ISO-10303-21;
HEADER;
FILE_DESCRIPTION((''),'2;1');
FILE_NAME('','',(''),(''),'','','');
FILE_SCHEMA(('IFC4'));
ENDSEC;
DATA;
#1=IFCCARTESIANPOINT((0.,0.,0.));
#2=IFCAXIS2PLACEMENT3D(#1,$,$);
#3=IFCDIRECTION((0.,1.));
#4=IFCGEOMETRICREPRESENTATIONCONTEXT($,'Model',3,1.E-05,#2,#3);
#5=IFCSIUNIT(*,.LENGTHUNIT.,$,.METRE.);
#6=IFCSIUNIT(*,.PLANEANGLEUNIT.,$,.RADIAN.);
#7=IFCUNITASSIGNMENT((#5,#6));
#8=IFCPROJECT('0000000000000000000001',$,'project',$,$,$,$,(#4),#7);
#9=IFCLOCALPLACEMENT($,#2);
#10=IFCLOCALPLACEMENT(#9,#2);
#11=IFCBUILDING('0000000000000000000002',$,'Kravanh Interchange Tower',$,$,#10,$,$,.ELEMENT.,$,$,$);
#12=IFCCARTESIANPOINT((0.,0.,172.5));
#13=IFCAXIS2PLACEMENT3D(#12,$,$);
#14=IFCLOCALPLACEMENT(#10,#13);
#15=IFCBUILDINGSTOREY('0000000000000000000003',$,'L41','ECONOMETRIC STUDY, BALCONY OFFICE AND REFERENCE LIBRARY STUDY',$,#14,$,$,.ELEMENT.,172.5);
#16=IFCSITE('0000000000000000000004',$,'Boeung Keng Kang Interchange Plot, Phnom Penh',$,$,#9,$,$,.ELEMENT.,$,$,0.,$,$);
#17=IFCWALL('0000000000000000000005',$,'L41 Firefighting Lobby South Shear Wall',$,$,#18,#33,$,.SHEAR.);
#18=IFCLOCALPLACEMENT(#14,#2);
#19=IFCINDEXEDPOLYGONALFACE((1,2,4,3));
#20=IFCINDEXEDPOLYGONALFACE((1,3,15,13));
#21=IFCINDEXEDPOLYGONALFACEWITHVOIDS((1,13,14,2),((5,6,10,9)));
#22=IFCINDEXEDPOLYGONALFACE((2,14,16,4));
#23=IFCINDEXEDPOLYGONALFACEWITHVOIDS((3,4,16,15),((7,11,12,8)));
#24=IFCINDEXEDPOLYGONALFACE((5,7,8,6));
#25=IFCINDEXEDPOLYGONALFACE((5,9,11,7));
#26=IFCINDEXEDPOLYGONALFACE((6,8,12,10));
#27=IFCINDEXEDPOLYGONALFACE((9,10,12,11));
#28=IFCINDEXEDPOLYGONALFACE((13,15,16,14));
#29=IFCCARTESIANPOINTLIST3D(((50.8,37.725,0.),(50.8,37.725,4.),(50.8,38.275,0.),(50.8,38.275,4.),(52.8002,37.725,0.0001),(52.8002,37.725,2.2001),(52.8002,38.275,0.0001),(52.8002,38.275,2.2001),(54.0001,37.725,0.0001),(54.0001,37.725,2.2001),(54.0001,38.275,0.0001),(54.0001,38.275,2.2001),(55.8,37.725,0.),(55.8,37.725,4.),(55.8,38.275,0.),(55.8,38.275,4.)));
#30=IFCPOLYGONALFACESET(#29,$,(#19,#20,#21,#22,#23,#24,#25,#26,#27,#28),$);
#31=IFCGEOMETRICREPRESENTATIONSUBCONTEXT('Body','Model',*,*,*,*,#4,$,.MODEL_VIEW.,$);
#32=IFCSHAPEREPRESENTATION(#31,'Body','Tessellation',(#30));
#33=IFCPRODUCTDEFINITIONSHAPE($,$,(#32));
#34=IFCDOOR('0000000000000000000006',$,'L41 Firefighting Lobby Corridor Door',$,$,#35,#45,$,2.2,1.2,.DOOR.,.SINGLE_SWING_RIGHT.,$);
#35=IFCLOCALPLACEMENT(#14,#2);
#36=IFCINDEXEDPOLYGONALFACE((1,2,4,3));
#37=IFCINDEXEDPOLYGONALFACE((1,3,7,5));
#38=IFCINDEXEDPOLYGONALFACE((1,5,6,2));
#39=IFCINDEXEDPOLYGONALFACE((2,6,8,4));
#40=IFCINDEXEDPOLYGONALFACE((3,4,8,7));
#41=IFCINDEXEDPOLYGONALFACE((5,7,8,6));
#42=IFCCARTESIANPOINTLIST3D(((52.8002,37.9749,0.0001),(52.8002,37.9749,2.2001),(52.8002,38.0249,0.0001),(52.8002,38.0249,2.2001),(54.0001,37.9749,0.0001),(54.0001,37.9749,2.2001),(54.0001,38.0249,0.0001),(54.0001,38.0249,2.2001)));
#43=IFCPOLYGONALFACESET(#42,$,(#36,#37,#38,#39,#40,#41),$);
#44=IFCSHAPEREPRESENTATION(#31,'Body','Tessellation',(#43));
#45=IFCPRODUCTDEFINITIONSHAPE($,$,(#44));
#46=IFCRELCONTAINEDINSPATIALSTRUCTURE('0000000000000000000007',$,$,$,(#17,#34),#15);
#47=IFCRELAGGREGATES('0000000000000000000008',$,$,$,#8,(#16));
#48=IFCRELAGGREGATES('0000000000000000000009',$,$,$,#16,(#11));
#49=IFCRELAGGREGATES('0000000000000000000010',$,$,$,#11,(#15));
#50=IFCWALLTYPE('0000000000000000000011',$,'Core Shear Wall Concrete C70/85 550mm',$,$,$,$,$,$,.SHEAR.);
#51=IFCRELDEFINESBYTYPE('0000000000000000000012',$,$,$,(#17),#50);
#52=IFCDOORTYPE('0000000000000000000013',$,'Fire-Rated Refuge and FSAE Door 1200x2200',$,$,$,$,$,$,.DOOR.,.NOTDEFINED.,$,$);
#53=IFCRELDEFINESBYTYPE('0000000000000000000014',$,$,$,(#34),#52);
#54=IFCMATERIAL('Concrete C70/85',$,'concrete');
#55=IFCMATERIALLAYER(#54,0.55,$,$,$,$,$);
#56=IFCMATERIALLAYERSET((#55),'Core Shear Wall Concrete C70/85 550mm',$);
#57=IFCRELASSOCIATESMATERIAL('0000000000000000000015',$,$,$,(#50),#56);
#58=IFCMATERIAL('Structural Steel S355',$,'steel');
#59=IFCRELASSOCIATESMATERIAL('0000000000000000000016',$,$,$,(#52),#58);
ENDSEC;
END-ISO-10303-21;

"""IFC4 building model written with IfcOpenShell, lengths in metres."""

from ifc_helpers import new_model, si_unit, direction, frame, frame_2d, origin, place, context, subcontext, project, spatial, rectangle, extrude, material, layer, layer_set, type_object, element, fill, save


model = new_model("IFC4")

# Units and contexts
model_context = context("Model", 3, precision=1e-05, world=origin(), true_north=direction((0.0, 1.0)))
body_context = subcontext(model_context, "Body", "Model", "MODEL_VIEW")
ifc_project = project(units=[si_unit("LENGTHUNIT", "METRE"), si_unit("PLANEANGLEUNIT", "RADIAN")], contexts=[model_context])

# Site, building, storey
site_placement = place(None, origin())
site = spatial("IfcSite", under=ifc_project, at=site_placement, Name="Boeung Keng Kang Interchange Plot, Phnom Penh", CompositionType="ELEMENT", RefElevation=0.0)
building_placement = place(site_placement, origin())
building = spatial("IfcBuilding", under=site, at=building_placement, Name="Kravanh Interchange Tower", CompositionType="ELEMENT")
storey_placement = place(building_placement, frame((0.0, 0.0, 172.5)))
storey = spatial("IfcBuildingStorey", under=building, at=storey_placement, Name="L41", Description="ECONOMETRIC STUDY, BALCONY OFFICE AND REFERENCE LIBRARY STUDY", CompositionType="ELEMENT", Elevation=172.5)

# Shared definitions
ifc_material_1 = material(Name="Concrete C70/85", Category="concrete")
ifc_layer_1 = layer(ifc_material_1, 0.55)
ifc_layer_set_1 = layer_set([ifc_layer_1], Name="Core Shear Wall Concrete C70/85 550mm")
wall_type_1 = type_object("IfcWallType", Name="Core Shear Wall Concrete C70/85 550mm", PredefinedType="SHEAR", material=ifc_layer_set_1)

# Wall, opening, door
wall_1_placement = place(storey_placement, frame((50.8, 38.0, 0.0), z_axis=(0.0, 0.0, 1.0), x_axis=(1.0, 0.0, 0.0)))
wall_1 = element("IfcWall", 1, at=wall_1_placement, inside=storey, type_object=wall_type_1, Name="L41 Firefighting Lobby South Shear Wall", PredefinedType="SHEAR", context=body_context, shape_type="SweptSolid", body=[
    extrude(rectangle(XDim=5.0, YDim=0.55, at=frame_2d((2.5, 0.0))), origin(), (0.0, 0.0, 1.0), 4.0),
])
opening_1_placement = place(wall_1_placement, frame((2.0, 0.0, 0.0)))
opening_1 = element("IfcOpeningElement", 2, at=opening_1_placement, cuts=wall_1, PredefinedType="OPENING", context=body_context, shape_type="SweptSolid", body=[
    extrude(rectangle(XDim=1.2, YDim=2.2, at=frame_2d((0.6001, 1.1001))), frame((0.0, 0.2852, 0.0), z_axis=(0.0, -1.0, 0.0), x_axis=(1.0, 0.0, 0.0)), (0.0, 0.0, 1.0), 0.5701),
])
ifc_material_2 = material(Name="Structural Steel S355", Category="steel")
door_type_1 = type_object("IfcDoorType", Name="Fire-Rated Refuge and FSAE Door 1200x2200", OperationType="NOTDEFINED", PredefinedType="DOOR", material=ifc_material_2)
door_1_placement = place(opening_1_placement, origin())
door_1 = element("IfcDoor", 3, at=door_1_placement, inside=storey, type_object=door_type_1, Name="L41 Firefighting Lobby Corridor Door", OperationType="SINGLE_SWING_RIGHT", OverallHeight=2.2, OverallWidth=1.2, PredefinedType="DOOR", context=body_context, shape_type="SweptSolid", body=[
    extrude(rectangle(XDim=1.2, YDim=2.2, at=frame_2d((0.6001, 1.1001))), frame((0.0, 0.0249, 0.0), z_axis=(0.0, -1.0, 0.0), x_axis=(1.0, 0.0, 0.0)), (0.0, 0.0, 1.0), 0.05),
])
fill(opening_1, door_1)

save(model, "model.ifc")
